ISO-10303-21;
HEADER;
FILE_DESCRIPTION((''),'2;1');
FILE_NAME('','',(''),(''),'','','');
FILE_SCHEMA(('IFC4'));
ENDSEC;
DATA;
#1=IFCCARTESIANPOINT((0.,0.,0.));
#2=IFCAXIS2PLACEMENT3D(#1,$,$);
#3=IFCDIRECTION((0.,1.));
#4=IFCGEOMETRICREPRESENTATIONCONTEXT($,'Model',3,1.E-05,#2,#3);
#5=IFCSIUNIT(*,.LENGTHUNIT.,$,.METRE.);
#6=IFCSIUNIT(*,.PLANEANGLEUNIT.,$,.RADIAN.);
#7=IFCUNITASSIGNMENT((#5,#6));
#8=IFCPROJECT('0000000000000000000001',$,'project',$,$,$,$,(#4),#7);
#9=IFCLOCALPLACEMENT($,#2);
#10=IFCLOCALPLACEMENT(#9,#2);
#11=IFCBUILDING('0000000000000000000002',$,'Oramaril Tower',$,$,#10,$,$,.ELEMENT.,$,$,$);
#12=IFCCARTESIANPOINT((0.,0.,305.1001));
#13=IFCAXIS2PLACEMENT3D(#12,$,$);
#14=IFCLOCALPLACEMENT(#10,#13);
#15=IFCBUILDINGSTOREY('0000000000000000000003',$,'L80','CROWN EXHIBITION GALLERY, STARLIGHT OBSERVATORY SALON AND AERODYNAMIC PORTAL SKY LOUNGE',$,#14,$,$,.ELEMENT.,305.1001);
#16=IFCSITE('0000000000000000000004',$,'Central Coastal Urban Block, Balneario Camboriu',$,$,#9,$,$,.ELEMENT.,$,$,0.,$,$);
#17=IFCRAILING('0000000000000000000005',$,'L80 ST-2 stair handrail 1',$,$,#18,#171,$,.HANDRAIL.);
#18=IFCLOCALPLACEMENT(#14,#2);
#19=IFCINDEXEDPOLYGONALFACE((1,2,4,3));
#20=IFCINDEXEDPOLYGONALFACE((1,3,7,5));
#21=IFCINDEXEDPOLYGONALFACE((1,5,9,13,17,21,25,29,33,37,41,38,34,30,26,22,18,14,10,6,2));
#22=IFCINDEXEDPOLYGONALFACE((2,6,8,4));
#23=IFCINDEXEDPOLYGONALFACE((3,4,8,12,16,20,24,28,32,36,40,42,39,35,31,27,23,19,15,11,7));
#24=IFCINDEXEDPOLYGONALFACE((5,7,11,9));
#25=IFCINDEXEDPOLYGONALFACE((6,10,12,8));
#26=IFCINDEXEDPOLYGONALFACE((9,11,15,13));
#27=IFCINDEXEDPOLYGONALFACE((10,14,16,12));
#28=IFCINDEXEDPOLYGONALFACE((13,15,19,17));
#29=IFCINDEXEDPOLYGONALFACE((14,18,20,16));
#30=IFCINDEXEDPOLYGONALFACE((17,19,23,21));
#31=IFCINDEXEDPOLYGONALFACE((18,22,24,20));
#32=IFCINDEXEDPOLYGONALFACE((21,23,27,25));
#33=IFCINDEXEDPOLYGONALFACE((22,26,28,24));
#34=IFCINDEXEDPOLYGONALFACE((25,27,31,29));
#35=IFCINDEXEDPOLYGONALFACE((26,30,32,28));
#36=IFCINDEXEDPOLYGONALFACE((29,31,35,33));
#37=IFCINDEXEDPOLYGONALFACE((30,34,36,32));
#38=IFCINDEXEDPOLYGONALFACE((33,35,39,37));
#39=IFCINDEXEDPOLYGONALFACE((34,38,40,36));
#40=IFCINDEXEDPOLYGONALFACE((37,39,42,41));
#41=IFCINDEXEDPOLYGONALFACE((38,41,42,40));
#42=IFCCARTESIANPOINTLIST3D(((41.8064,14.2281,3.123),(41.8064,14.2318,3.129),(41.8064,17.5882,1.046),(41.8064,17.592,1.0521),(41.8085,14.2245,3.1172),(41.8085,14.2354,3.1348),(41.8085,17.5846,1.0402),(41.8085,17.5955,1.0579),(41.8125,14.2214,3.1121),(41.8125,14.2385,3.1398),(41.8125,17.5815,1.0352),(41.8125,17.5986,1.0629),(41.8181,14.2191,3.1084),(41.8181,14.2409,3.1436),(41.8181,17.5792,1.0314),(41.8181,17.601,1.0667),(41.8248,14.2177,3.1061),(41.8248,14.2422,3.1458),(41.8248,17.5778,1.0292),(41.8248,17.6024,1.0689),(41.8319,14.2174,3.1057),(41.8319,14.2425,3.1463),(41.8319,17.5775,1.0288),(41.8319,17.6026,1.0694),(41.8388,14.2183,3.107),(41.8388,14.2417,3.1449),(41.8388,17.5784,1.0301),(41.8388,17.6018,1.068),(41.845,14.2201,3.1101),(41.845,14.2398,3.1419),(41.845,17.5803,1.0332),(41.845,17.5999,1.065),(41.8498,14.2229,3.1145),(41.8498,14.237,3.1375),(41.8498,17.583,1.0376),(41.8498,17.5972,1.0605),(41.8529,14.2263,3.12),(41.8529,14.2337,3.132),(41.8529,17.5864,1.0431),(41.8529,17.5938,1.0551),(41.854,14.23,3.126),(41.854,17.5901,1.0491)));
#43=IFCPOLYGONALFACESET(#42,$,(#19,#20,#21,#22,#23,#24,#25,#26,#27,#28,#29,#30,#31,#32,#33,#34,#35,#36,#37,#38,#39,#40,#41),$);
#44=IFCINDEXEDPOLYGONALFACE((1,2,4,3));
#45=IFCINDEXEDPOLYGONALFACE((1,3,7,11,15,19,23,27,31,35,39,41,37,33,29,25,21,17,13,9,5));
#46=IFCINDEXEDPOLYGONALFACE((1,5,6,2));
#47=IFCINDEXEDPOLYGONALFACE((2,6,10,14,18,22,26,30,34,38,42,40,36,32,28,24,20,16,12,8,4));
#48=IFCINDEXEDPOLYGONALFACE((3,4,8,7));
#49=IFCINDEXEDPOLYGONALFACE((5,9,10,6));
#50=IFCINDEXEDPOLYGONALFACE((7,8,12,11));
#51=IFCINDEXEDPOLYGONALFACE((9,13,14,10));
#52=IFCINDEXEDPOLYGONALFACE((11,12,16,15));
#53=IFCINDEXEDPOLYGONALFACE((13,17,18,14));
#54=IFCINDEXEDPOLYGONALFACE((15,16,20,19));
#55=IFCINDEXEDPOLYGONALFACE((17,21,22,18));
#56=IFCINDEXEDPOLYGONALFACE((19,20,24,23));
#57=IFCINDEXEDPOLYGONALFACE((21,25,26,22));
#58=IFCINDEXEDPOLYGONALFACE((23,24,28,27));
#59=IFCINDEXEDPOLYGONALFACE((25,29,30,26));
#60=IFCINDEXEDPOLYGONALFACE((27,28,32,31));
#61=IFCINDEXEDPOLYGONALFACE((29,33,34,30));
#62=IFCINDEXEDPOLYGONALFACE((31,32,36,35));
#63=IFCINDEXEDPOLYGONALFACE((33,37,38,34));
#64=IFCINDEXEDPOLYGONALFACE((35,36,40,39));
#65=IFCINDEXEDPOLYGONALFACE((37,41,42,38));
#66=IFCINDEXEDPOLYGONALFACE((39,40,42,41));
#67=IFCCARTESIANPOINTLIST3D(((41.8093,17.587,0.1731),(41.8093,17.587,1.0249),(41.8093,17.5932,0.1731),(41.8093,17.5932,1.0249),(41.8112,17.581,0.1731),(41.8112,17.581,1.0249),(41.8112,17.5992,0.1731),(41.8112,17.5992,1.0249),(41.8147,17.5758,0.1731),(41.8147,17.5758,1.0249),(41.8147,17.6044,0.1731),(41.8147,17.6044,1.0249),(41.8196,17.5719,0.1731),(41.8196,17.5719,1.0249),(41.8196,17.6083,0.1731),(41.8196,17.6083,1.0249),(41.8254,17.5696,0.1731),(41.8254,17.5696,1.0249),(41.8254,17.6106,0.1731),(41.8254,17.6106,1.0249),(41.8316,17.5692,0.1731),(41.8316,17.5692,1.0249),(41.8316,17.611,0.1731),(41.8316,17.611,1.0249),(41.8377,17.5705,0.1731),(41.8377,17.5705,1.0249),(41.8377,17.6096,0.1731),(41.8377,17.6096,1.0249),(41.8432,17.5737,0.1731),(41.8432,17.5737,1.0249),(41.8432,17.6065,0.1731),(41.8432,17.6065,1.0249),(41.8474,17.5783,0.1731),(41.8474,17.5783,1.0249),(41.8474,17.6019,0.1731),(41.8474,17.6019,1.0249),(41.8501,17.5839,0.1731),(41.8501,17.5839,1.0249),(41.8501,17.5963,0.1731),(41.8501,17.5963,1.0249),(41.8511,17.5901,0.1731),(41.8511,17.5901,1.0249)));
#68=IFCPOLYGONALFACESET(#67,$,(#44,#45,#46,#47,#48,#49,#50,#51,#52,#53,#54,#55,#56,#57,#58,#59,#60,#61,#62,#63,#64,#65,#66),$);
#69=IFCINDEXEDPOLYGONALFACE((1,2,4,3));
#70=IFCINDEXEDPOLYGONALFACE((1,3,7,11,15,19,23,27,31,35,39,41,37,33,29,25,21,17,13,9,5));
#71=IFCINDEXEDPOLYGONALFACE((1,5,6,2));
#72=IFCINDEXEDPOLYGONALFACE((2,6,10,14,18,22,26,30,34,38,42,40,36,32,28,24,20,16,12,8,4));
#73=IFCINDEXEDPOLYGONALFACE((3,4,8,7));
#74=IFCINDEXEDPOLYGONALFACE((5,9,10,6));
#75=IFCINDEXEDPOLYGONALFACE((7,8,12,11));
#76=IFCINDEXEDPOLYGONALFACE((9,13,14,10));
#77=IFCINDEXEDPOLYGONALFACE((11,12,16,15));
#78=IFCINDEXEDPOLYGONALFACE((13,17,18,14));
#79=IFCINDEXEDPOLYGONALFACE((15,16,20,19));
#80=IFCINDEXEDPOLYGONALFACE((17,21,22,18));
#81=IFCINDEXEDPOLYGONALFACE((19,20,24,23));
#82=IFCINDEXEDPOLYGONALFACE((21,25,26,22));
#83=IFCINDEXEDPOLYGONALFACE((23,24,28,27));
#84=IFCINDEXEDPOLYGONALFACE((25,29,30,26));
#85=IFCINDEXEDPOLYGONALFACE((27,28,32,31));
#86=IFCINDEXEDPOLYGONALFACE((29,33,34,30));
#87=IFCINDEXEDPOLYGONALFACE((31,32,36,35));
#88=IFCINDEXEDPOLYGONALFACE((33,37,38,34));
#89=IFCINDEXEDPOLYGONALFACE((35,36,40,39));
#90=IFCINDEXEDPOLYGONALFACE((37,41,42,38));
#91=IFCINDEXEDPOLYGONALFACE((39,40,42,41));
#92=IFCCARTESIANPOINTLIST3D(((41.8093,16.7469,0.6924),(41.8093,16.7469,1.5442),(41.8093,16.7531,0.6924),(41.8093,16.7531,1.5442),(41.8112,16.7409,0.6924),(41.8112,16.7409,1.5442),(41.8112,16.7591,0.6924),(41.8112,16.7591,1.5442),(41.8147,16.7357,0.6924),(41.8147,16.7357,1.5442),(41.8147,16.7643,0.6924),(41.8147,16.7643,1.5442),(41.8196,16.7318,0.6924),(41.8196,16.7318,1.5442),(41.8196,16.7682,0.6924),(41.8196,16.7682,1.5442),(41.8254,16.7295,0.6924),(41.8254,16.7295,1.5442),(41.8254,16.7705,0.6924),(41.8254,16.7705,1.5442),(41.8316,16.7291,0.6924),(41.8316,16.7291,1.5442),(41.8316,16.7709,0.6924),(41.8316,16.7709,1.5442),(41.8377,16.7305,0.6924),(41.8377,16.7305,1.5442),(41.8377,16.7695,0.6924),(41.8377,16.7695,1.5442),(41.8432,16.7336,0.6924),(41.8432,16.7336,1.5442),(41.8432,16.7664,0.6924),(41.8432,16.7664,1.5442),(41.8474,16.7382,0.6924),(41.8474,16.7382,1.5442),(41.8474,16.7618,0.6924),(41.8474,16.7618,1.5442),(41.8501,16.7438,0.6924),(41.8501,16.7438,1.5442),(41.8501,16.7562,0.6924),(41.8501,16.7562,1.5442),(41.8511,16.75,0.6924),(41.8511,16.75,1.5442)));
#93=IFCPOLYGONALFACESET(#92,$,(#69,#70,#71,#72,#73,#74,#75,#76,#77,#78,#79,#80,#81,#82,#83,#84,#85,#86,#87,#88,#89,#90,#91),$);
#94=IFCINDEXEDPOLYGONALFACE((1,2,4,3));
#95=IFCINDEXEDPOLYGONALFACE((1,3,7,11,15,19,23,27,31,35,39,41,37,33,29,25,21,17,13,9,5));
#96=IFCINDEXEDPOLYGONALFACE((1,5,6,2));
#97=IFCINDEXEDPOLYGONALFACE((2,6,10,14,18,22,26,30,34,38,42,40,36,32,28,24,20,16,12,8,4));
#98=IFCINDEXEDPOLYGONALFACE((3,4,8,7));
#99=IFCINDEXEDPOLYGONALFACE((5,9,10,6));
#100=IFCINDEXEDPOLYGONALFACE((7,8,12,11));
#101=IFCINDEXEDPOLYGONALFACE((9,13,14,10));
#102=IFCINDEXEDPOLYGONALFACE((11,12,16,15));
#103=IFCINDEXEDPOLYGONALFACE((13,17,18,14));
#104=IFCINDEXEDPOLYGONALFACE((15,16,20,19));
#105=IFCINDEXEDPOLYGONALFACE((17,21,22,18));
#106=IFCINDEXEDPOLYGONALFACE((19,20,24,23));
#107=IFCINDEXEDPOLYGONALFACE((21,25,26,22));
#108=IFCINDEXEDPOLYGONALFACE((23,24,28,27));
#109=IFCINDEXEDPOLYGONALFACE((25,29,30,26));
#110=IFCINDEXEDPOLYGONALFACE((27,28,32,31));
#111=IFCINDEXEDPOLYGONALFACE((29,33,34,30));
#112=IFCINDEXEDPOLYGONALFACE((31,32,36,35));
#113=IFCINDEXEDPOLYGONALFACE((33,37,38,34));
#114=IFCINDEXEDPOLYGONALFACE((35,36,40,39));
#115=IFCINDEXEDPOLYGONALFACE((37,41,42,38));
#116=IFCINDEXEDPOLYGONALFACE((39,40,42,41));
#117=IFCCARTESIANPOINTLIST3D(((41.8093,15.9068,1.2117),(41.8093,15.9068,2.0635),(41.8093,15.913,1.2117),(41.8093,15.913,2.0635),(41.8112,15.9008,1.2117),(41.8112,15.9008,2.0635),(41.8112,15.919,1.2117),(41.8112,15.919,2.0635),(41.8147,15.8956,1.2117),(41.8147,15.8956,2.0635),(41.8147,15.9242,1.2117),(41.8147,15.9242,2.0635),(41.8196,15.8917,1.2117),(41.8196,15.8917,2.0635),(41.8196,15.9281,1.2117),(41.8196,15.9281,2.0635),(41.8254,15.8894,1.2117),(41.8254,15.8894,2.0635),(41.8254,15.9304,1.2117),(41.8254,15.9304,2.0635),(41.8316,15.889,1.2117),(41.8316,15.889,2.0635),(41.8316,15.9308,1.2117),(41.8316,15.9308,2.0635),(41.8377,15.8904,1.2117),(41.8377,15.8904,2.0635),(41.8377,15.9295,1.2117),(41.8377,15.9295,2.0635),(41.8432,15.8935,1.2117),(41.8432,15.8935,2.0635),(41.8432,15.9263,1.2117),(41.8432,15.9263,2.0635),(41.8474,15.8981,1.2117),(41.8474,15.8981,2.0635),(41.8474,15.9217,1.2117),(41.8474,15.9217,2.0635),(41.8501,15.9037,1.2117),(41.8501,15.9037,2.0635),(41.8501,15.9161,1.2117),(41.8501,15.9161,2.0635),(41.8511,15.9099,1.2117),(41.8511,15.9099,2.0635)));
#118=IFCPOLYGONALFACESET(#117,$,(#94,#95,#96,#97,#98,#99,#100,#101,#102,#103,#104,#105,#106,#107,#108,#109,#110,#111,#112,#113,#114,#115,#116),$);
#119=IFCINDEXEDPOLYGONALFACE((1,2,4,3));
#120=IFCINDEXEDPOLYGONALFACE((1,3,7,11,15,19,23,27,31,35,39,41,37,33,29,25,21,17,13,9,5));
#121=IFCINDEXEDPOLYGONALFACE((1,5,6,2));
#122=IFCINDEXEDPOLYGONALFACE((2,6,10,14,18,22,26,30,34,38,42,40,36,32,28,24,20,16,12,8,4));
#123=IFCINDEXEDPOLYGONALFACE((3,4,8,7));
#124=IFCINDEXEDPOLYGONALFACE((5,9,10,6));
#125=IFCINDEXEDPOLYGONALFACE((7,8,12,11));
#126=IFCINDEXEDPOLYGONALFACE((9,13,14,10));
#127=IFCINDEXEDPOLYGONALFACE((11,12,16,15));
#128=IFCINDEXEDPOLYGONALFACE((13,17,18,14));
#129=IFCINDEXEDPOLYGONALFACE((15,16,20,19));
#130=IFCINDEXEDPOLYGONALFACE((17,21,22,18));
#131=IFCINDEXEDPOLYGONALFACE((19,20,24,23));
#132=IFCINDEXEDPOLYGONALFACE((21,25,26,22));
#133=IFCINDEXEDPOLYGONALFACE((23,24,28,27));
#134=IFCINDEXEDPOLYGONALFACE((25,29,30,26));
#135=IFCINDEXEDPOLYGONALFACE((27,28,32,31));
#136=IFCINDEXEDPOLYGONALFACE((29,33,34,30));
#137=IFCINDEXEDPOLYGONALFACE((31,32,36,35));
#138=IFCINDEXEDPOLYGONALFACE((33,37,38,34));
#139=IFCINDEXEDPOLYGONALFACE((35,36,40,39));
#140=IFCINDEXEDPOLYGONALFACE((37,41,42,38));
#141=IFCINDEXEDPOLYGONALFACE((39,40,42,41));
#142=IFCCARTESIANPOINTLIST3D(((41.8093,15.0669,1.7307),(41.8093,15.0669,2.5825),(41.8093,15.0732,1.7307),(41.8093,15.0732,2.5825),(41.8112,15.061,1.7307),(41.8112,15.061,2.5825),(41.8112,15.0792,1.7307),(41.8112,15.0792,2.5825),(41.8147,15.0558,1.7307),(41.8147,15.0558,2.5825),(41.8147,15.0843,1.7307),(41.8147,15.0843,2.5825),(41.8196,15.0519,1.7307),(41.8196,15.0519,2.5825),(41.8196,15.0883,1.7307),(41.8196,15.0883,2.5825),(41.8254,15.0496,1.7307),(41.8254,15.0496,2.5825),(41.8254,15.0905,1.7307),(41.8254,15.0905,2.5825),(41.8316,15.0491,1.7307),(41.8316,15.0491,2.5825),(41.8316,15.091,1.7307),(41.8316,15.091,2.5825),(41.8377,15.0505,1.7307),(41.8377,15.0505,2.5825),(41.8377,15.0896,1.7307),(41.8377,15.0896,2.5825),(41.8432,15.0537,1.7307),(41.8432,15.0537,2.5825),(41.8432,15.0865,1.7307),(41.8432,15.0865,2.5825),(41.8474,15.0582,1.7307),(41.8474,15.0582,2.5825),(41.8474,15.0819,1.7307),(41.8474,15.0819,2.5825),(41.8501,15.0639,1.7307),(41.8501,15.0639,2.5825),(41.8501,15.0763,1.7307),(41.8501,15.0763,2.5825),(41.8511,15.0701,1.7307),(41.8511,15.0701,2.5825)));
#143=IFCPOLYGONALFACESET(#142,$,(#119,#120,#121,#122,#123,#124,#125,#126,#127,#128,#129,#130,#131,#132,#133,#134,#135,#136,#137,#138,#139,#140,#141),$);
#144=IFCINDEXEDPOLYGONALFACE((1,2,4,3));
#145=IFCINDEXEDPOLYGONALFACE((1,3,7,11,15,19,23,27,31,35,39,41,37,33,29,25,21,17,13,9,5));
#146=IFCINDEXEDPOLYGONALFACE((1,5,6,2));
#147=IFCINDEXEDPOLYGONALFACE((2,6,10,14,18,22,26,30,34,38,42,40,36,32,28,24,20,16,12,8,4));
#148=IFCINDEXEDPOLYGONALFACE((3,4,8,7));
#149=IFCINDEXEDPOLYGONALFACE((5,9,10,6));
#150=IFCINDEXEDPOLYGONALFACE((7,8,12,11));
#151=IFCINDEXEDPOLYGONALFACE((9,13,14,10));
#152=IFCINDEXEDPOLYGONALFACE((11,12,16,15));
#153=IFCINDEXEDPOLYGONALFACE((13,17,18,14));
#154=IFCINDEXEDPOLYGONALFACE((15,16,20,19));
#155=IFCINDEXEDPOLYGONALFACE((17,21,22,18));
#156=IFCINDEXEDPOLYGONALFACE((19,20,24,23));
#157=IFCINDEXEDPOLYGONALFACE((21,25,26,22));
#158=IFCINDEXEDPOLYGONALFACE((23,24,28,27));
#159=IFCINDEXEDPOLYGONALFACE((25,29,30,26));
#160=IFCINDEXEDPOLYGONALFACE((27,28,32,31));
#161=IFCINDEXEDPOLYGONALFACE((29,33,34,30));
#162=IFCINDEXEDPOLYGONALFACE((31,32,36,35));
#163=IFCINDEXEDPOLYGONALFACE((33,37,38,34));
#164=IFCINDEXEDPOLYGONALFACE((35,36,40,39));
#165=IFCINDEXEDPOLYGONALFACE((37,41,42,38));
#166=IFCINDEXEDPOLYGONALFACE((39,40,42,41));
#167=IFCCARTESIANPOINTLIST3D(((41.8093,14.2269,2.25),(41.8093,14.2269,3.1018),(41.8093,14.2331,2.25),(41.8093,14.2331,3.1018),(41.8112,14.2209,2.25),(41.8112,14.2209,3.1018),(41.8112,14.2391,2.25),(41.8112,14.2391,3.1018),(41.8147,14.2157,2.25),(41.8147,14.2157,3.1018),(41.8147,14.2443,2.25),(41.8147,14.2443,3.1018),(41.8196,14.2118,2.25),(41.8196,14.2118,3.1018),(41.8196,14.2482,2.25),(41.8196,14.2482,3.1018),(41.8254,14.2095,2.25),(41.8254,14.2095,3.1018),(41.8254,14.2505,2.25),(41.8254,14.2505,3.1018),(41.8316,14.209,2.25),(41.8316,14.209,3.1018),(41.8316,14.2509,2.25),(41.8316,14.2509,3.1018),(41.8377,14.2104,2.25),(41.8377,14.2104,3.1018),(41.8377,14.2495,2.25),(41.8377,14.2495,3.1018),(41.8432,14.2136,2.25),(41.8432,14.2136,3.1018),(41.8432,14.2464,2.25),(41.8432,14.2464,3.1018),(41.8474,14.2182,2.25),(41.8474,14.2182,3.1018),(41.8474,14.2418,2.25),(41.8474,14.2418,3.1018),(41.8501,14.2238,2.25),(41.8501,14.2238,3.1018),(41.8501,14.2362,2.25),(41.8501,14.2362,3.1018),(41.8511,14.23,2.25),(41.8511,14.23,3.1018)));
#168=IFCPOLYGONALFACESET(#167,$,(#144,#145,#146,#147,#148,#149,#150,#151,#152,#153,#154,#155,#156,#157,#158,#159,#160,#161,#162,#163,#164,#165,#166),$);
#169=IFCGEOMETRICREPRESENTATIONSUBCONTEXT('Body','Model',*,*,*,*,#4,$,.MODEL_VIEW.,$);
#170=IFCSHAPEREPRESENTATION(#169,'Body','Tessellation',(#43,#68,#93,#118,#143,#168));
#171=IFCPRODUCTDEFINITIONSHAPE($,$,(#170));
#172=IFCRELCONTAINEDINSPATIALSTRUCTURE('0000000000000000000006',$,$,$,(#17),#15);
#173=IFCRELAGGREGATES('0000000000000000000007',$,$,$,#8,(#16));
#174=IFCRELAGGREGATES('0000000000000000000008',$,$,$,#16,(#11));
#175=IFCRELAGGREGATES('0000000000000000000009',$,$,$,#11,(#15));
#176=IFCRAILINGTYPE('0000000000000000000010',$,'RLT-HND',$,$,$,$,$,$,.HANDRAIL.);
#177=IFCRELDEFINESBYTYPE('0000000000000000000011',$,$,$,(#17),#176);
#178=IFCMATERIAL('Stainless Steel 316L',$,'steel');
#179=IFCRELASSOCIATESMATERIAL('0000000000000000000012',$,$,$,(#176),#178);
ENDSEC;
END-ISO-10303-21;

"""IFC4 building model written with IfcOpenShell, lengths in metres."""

from ifc_helpers import new_model, si_unit, direction, frame, origin, origin_2d, place, context, subcontext, project, spatial, circle, extrude, material, type_object, element, save


model = new_model("IFC4")

# Units and contexts
model_context = context("Model", 3, precision=1e-05, world=origin(), true_north=direction((0.0, 1.0)))
body_context = subcontext(model_context, "Body", "Model", "MODEL_VIEW")
ifc_project = project(units=[si_unit("LENGTHUNIT", "METRE"), si_unit("PLANEANGLEUNIT", "RADIAN")], contexts=[model_context])

# Site, building, storey
site_placement = place(None, origin())
site = spatial("IfcSite", under=ifc_project, at=site_placement, Name="Central Coastal Urban Block, Balneario Camboriu", CompositionType="ELEMENT", RefElevation=0.0)
building_placement = place(site_placement, origin())
building = spatial("IfcBuilding", under=site, at=building_placement, Name="Oramaril Tower", CompositionType="ELEMENT")
storey_placement = place(building_placement, frame((0.0, 0.0, 305.1001)))
storey = spatial("IfcBuildingStorey", under=building, at=storey_placement, Name="L80", Description="CROWN EXHIBITION GALLERY, STARLIGHT OBSERVATORY SALON AND AERODYNAMIC PORTAL SKY LOUNGE", CompositionType="ELEMENT", Elevation=305.1001)

# Railing
ifc_material_1 = material(Name="Stainless Steel 316L", Category="steel")
railing_type_1 = type_object("IfcRailingType", Name="RLT-HND", PredefinedType="HANDRAIL", material=ifc_material_1)
railing_1_placement = place(storey_placement, frame((41.8301, 17.5901, 0.1731)))
element("IfcRailing", 1, at=railing_1_placement, inside=storey, type_object=railing_type_1, Name="L80 ST-2 stair handrail 1", PredefinedType="HANDRAIL", context=body_context, shape_type="SweptSolid", body=[
    extrude(circle(Radius=0.0239, at=origin_2d()), frame((0.0, 0.0, 0.876), z_axis=(0.0, -0.850623, 0.525776), x_axis=(1.0, 0.0, 0.0)), (0.0, 0.0, 1.0), 3.9502),
    extrude(circle(Radius=0.021, at=origin_2d()), origin(), (0.0, 0.0, 1.0), 0.8518),
    extrude(circle(Radius=0.021, at=origin_2d()), frame((0.0, -0.8401, 0.5193)), (0.0, 0.0, 1.0), 0.8518),
    extrude(circle(Radius=0.021, at=origin_2d()), frame((0.0, -1.6802, 1.0386)), (0.0, 0.0, 1.0), 0.8518),
    extrude(circle(Radius=0.021, at=origin_2d()), frame((0.0, -2.52, 1.5576)), (0.0, 0.0, 1.0), 0.8518),
    extrude(circle(Radius=0.021, at=origin_2d()), frame((0.0, -3.3601, 2.0769)), (0.0, 0.0, 1.0), 0.8518),
])

save(model, "model.ifc")
